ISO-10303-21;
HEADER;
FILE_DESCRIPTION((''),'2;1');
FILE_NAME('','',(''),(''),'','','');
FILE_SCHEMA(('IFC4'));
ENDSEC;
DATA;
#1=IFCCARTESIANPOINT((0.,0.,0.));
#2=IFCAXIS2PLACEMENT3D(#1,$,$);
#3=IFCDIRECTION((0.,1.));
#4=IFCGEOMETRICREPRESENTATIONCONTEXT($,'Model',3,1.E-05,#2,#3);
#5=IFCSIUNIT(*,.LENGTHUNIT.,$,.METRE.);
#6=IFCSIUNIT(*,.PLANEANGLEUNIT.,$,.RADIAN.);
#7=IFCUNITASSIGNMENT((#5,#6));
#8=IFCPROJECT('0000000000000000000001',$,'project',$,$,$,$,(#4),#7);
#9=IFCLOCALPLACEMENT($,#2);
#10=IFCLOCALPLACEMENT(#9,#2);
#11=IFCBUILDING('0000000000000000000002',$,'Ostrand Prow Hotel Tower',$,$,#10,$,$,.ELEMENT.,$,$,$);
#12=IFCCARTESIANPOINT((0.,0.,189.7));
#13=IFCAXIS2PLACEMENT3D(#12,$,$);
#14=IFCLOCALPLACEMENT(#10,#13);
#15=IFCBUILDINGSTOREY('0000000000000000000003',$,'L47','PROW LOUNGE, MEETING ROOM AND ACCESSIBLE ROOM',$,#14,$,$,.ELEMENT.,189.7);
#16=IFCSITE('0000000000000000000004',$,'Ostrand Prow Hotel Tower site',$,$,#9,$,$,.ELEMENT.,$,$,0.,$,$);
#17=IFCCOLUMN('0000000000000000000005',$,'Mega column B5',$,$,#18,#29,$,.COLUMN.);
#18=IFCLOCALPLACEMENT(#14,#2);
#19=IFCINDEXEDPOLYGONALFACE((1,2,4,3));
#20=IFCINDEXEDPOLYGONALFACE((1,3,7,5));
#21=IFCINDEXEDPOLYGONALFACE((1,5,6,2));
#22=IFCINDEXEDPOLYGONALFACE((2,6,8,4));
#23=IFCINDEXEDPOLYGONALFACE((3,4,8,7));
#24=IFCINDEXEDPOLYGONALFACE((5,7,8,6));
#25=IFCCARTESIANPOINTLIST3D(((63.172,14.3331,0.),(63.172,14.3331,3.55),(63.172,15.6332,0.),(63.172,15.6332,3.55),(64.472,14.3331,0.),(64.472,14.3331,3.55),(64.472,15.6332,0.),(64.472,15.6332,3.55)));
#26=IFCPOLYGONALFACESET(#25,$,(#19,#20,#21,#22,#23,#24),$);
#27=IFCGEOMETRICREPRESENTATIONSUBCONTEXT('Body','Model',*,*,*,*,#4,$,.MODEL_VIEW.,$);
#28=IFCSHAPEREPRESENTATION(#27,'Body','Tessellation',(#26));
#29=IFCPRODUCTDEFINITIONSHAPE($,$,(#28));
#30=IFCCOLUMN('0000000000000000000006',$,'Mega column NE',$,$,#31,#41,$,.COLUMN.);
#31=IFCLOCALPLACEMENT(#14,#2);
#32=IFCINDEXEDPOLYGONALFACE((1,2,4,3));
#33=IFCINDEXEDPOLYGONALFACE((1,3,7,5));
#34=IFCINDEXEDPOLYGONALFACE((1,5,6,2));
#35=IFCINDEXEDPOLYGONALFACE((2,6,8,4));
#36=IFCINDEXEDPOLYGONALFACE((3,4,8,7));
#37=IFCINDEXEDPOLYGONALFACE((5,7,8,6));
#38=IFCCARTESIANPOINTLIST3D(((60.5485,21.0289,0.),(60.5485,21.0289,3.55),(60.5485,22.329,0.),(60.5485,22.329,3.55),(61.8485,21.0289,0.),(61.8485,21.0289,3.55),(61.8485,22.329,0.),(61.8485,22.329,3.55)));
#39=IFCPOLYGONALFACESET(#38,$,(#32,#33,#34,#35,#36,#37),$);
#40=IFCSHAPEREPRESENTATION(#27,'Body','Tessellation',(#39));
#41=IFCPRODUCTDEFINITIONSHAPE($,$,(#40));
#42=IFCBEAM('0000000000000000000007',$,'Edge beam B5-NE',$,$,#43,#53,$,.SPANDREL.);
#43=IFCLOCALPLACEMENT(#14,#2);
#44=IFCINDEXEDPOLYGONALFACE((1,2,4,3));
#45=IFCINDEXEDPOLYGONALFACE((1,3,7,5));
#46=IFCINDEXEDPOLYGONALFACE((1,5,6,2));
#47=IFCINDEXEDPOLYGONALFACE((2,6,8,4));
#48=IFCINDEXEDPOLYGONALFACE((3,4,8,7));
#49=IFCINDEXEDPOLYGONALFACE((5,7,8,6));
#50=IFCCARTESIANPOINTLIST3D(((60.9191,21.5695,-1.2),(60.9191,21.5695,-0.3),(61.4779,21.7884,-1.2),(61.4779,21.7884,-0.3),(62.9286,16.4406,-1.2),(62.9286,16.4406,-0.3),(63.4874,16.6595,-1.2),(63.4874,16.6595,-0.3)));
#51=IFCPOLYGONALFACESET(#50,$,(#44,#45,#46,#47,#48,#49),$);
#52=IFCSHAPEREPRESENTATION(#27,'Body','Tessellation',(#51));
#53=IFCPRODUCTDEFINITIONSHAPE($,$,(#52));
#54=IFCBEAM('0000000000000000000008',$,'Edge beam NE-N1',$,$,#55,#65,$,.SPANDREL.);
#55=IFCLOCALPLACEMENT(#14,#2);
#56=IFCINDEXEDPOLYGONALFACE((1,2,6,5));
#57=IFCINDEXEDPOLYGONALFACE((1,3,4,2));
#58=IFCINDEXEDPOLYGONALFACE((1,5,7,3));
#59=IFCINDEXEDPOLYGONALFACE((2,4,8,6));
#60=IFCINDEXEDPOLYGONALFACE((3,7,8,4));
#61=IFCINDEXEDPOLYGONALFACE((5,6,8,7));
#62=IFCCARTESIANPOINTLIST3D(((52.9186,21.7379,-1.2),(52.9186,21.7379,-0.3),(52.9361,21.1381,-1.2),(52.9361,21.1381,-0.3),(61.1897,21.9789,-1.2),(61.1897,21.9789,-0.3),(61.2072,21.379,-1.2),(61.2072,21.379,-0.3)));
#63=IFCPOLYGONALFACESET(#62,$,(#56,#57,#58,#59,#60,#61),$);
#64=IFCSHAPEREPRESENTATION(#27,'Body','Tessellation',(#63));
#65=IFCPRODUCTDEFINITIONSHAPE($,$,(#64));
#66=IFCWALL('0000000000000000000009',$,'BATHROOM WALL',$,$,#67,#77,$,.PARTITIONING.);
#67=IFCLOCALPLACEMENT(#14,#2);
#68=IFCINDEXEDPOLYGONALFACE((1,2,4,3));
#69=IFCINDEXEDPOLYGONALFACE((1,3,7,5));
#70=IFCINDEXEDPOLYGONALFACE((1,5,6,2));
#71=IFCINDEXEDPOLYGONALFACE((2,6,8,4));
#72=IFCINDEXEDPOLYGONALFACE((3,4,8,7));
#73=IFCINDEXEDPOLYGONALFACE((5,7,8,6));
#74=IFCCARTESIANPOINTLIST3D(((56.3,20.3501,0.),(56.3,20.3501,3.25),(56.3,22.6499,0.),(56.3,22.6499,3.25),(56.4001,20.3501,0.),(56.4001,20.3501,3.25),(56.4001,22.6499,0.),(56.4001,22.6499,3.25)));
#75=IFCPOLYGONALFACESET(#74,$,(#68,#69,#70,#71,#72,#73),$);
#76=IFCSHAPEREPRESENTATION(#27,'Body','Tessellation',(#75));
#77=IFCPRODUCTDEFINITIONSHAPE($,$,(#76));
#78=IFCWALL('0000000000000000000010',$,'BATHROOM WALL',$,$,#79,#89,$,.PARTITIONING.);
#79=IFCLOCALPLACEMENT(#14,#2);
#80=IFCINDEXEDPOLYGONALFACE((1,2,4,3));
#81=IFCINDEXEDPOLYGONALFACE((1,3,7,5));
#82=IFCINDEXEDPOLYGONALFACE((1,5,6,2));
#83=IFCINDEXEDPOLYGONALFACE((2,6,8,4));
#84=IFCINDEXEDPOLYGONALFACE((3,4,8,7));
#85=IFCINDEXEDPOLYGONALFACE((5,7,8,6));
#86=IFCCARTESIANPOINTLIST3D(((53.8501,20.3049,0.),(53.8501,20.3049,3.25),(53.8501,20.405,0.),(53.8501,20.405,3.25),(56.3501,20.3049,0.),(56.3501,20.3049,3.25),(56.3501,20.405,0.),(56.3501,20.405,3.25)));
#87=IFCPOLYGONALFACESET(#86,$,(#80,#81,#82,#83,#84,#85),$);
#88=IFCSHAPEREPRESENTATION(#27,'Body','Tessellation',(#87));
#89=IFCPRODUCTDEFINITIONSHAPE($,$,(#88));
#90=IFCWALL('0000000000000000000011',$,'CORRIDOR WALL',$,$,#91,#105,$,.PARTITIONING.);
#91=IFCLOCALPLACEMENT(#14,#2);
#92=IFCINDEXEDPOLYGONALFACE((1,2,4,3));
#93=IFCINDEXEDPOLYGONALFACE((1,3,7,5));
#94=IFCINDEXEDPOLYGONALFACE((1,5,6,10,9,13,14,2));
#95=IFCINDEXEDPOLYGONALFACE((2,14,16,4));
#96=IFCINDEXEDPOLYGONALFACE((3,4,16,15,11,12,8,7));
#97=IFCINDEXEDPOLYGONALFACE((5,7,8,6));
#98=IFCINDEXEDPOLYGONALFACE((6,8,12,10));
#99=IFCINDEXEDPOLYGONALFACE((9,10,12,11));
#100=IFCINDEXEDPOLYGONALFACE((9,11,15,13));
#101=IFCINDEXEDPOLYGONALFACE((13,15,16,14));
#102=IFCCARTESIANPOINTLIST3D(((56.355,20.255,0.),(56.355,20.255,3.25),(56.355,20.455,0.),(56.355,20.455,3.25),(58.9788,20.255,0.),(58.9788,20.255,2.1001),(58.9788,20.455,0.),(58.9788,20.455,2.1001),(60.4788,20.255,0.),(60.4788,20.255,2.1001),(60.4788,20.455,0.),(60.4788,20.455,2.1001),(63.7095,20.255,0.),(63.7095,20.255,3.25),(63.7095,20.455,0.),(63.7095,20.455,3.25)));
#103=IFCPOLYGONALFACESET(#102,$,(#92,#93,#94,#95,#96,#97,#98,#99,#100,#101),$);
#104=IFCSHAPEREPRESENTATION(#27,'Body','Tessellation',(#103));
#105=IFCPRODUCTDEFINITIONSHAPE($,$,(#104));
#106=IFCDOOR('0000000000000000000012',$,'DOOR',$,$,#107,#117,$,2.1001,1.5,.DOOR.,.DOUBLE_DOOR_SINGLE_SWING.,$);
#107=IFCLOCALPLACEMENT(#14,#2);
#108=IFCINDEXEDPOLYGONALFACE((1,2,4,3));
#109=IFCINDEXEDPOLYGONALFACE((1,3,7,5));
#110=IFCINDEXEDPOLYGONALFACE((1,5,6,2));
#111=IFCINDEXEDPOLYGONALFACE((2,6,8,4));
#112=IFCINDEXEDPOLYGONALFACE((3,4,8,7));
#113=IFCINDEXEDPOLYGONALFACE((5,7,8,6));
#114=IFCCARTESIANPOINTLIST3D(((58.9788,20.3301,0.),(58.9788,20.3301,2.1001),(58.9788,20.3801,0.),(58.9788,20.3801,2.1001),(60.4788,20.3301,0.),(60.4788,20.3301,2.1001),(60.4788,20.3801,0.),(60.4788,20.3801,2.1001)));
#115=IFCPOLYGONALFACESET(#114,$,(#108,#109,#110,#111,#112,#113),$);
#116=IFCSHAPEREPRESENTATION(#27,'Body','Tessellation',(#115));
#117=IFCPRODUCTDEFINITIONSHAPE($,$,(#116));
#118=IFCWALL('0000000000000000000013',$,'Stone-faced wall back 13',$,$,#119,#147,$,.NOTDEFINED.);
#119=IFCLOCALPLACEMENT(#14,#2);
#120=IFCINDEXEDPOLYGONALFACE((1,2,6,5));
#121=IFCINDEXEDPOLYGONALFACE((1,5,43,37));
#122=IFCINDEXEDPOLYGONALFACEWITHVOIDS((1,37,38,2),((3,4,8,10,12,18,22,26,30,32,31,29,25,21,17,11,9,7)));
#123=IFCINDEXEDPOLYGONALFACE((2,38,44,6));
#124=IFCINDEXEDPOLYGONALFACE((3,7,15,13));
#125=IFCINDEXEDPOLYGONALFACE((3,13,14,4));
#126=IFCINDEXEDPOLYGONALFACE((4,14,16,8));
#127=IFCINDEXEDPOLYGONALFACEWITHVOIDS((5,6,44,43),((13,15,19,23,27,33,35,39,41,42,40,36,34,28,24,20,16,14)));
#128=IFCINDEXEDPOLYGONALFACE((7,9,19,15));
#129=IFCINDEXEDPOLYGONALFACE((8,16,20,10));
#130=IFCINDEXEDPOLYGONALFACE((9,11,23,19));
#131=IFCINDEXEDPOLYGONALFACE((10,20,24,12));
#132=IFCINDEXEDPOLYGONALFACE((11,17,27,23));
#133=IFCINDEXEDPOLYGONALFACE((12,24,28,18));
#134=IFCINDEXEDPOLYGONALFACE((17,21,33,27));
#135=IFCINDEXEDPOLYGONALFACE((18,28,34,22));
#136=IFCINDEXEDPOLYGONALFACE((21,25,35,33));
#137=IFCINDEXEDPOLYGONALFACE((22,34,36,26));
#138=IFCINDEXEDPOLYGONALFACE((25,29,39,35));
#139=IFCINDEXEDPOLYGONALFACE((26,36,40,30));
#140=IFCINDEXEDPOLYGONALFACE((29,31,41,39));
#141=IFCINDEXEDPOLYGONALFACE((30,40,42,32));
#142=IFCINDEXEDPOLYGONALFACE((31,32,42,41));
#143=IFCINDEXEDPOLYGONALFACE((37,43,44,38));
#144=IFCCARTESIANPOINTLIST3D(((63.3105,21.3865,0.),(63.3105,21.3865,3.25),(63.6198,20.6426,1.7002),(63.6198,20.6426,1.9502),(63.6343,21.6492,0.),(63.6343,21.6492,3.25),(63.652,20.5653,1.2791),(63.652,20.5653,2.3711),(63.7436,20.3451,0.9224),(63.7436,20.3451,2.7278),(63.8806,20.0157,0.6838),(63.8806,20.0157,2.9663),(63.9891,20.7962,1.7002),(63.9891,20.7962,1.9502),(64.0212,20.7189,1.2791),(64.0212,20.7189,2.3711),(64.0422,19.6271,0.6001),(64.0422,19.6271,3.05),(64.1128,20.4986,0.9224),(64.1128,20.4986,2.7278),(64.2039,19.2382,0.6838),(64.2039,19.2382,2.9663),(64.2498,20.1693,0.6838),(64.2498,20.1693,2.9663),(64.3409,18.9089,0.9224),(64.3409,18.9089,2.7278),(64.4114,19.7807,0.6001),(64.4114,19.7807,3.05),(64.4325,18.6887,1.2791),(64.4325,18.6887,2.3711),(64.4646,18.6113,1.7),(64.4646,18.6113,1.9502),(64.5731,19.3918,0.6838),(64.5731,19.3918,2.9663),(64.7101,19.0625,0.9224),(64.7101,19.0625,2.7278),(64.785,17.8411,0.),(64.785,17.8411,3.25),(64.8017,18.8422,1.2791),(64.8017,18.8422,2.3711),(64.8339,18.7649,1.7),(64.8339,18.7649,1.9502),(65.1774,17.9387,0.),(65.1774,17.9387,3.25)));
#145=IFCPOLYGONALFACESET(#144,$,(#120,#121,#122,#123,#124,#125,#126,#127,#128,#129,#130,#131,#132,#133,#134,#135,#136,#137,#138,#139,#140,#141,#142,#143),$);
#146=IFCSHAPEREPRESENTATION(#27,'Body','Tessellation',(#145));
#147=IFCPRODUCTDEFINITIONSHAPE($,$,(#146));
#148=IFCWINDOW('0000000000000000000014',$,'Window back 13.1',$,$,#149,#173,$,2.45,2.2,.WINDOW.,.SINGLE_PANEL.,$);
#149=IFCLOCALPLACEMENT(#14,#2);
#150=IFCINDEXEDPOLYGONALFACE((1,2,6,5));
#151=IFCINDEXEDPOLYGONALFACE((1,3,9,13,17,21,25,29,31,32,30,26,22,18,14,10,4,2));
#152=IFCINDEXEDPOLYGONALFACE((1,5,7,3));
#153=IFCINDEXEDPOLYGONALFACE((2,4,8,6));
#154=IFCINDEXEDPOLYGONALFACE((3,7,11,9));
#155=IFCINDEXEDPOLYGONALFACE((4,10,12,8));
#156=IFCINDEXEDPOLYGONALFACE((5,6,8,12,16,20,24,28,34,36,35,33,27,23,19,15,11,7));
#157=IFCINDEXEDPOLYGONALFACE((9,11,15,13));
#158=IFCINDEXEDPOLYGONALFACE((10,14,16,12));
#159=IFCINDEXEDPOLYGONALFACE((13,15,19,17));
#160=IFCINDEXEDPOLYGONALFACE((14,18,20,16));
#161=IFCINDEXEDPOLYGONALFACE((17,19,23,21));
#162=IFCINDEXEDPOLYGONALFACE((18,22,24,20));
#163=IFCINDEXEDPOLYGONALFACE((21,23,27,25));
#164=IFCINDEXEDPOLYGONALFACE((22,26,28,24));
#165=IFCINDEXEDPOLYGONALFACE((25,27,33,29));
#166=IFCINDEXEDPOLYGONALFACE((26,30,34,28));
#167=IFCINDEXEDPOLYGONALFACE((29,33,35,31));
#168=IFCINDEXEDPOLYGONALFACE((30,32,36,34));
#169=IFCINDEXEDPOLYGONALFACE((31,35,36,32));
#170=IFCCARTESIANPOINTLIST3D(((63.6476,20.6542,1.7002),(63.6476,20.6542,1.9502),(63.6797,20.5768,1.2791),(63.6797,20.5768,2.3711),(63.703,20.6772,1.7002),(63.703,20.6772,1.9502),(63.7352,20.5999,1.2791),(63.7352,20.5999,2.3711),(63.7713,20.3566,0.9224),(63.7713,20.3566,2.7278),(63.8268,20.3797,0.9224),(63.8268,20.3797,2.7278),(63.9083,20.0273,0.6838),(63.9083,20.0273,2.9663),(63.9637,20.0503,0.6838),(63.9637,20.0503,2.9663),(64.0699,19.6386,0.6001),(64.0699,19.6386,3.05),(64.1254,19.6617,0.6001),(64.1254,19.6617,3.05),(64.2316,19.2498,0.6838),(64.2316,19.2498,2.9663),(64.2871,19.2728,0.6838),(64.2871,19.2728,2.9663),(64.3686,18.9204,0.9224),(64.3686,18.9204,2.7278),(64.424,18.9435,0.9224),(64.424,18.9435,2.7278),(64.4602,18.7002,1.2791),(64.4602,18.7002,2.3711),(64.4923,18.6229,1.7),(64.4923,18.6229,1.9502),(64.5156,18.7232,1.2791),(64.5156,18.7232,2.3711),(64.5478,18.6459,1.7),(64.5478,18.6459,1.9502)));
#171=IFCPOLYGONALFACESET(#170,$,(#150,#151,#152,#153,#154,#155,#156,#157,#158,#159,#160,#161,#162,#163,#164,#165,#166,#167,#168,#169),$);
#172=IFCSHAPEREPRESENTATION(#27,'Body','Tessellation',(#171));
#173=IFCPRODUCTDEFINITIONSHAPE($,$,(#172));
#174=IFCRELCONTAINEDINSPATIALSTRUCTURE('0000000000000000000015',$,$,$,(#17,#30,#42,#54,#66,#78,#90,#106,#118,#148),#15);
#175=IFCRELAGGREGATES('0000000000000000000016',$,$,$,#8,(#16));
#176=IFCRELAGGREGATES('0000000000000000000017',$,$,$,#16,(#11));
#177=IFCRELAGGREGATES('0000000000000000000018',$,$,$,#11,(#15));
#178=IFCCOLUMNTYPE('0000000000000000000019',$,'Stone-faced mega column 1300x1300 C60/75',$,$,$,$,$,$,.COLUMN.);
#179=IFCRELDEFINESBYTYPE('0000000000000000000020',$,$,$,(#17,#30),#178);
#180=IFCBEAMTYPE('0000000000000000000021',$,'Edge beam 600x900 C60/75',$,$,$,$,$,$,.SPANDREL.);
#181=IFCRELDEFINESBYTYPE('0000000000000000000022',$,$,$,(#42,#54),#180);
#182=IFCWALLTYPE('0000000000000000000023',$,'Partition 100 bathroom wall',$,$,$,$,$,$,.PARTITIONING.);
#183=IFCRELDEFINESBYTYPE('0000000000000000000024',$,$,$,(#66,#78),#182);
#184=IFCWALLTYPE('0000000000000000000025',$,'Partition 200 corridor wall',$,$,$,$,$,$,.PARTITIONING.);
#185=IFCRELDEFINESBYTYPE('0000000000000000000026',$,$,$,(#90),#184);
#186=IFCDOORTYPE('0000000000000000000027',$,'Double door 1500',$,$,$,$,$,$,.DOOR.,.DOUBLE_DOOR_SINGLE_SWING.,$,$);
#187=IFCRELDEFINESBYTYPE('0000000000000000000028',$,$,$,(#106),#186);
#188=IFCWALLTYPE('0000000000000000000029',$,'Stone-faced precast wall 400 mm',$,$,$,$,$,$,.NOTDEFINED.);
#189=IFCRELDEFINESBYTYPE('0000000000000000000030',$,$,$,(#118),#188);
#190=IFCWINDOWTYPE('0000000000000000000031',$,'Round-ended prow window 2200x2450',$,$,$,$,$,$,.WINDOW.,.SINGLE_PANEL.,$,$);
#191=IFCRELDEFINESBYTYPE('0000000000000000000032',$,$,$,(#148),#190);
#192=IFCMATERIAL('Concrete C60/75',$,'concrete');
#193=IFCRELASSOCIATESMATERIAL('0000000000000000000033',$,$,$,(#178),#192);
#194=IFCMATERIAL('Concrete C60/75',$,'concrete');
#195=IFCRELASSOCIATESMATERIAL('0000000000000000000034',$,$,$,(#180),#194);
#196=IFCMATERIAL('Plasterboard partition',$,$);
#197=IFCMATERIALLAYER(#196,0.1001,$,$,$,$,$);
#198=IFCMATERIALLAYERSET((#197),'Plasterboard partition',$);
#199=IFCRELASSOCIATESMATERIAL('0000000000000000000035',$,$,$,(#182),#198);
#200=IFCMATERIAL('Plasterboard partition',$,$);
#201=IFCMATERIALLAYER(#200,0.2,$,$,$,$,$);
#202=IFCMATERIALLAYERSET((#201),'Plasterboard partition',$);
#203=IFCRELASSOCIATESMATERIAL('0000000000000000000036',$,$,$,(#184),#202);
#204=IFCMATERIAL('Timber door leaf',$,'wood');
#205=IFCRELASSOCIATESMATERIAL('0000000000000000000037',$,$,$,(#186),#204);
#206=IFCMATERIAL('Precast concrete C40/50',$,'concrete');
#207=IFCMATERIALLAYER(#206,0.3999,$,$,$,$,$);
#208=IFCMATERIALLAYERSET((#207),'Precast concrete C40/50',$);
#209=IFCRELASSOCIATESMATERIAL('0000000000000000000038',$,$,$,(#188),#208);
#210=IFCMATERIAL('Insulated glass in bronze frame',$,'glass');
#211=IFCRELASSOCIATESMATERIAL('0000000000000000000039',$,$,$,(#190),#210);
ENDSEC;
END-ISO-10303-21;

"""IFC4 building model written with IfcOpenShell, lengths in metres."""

from ifc_helpers import new_model, si_unit, direction, frame, frame_2d, origin, origin_2d, place, context, subcontext, project, spatial, polyline, rectangle, outline, extrude, material, layer, layer_set, material_profile, profile_set, type_object, element, fill, save


model = new_model("IFC4")

# Units and contexts
model_context = context("Model", 3, precision=1e-05, world=origin(), true_north=direction((0.0, 1.0)))
body_context = subcontext(model_context, "Body", "Model", "MODEL_VIEW")
ifc_project = project(units=[si_unit("LENGTHUNIT", "METRE"), si_unit("PLANEANGLEUNIT", "RADIAN")], contexts=[model_context])

# Site, building, storey
site_placement = place(None, origin())
site = spatial("IfcSite", under=ifc_project, at=site_placement, Name="Ostrand Prow Hotel Tower site", CompositionType="ELEMENT", RefElevation=0.0)
building_placement = place(site_placement, origin())
building = spatial("IfcBuilding", under=site, at=building_placement, Name="Ostrand Prow Hotel Tower", CompositionType="ELEMENT")
storey_placement = place(building_placement, frame((0.0, 0.0, 189.7)))
storey = spatial("IfcBuildingStorey", under=building, at=storey_placement, Name="L47", Description="PROW LOUNGE, MEETING ROOM AND ACCESSIBLE ROOM", CompositionType="ELEMENT", Elevation=189.7)

# Columns
ifc_material_1 = material(Name="Concrete C60/75", Category="concrete")
ifc_material_profile_1 = material_profile(ifc_material_1, rectangle(XDim=1.3, YDim=1.3, at=origin_2d()), Name="RC 1300x1300")
ifc_profile_set_1 = profile_set([ifc_material_profile_1], Name="Concrete C60/75")
column_type = type_object("IfcColumnType", Name="Stone-faced mega column 1300x1300 C60/75", PredefinedType="COLUMN", material=ifc_profile_set_1)
for number, where, z_axis, x_axis, name in (
    (1, (63.822, 14.9832, 0.0), (0.0, 0.0, 1.0), (1.0, 0.0, 0.0), "Mega column B5"),
    (2, (61.1985, 21.679, 0.0), (0.0, 0.0, 1.0), (1.0, 0.0, 0.0), "Mega column NE"),
):
    element("IfcColumn", number, at=place(storey_placement, frame(where, z_axis=z_axis, x_axis=x_axis)), inside=storey, type_object=column_type, Name=name, PredefinedType="COLUMN", context=body_context, shape_type="SweptSolid", body=[
        extrude(rectangle(XDim=1.3, YDim=1.3, at=origin_2d()), origin(), (0.0, 0.0, 1.0), 3.55),
    ])

# Beams
ifc_material_2 = material(Name="Concrete C60/75", Category="concrete")
ifc_material_profile_2 = material_profile(ifc_material_2, rectangle(XDim=0.6001, YDim=0.8999, at=origin_2d()), Name="RC 600x900")
ifc_profile_set_2 = profile_set([ifc_material_profile_2], Name="Concrete C60/75")
beam_type = type_object("IfcBeamType", Name="Edge beam 600x900 C60/75", PredefinedType="SPANDREL", material=ifc_profile_set_2)
beam_1_placement = place(storey_placement, frame((63.208, 16.55, -0.75), z_axis=(-0.364802, 0.931085, 0.0), x_axis=(-0.931085, -0.364802, 0.0)))
element("IfcBeam", 3, at=beam_1_placement, inside=storey, type_object=beam_type, Name="Edge beam B5-NE", PredefinedType="SPANDREL", context=body_context, shape_type="SweptSolid", body=[
    extrude(rectangle(XDim=0.6001, YDim=0.8999, at=origin_2d()), origin(), (0.0, 0.0, 1.0), 5.5085),
])
beam_2_placement = place(storey_placement, frame((61.1985, 21.679, -0.75), z_axis=(-0.999576, -0.029121, 0.0), x_axis=(0.029121, -0.999576, 0.0)))
element("IfcBeam", 4, at=beam_2_placement, inside=storey, type_object=beam_type, Name="Edge beam NE-N1", PredefinedType="SPANDREL", context=body_context, shape_type="SweptSolid", body=[
    extrude(rectangle(XDim=0.6001, YDim=0.8999, at=origin_2d()), origin(), (0.0, 0.0, 1.0), 8.2747),
])

# Walls
ifc_material_3 = material(Name="Plasterboard partition")
ifc_layer_1 = layer(ifc_material_3, 0.1001)
ifc_layer_set_1 = layer_set([ifc_layer_1], Name="Plasterboard partition")
wall_type_1 = type_object("IfcWallType", Name="Partition 100 bathroom wall", PredefinedType="PARTITIONING", material=ifc_layer_set_1)
wall_1_placement = place(storey_placement, frame((56.3501, 22.6499, 0.0), z_axis=(0.0, 0.0, 1.0), x_axis=(0.0, -1.0, 0.0)))
element("IfcWall", 5, at=wall_1_placement, inside=storey, type_object=wall_type_1, Name="BATHROOM WALL", PredefinedType="PARTITIONING", context=body_context, shape_type="SweptSolid", body=[
    extrude(rectangle(XDim=2.2998, YDim=0.1001, at=frame_2d((1.1499, 0.0))), origin(), (0.0, 0.0, 1.0), 3.25),
])
wall_2_placement = place(storey_placement, frame((56.3501, 20.355, 0.0), z_axis=(0.0, 0.0, 1.0), x_axis=(-1.0, 0.0, 0.0)))
element("IfcWall", 6, at=wall_2_placement, inside=storey, type_object=wall_type_1, Name="BATHROOM WALL", PredefinedType="PARTITIONING", context=body_context, shape_type="SweptSolid", body=[
    extrude(rectangle(XDim=2.5, YDim=0.1001, at=frame_2d((1.25, 0.0))), origin(), (0.0, 0.0, 1.0), 3.25),
])

# Wall, opening, door
ifc_material_4 = material(Name="Plasterboard partition")
ifc_layer_2 = layer(ifc_material_4, 0.2)
ifc_layer_set_2 = layer_set([ifc_layer_2], Name="Plasterboard partition")
wall_type_2 = type_object("IfcWallType", Name="Partition 200 corridor wall", PredefinedType="PARTITIONING", material=ifc_layer_set_2)
wall_3_placement = place(storey_placement, frame((63.7095, 20.355, 0.0), z_axis=(0.0, 0.0, 1.0), x_axis=(-1.0, 0.0, 0.0)))
wall_3 = element("IfcWall", 7, at=wall_3_placement, inside=storey, type_object=wall_type_2, Name="CORRIDOR WALL", PredefinedType="PARTITIONING", context=body_context, shape_type="SweptSolid", body=[
    extrude(rectangle(XDim=7.3545, YDim=0.2, at=frame_2d((3.6772, 0.0))), origin(), (0.0, 0.0, 1.0), 3.25),
])
opening_1_placement = place(wall_3_placement, frame((3.2307, 0.0, 0.0)))
opening_1 = element("IfcOpeningElement", 8, at=opening_1_placement, cuts=wall_3, PredefinedType="OPENING", context=body_context, shape_type="SweptSolid", body=[
    extrude(rectangle(XDim=1.5, YDim=2.1001, at=frame_2d((0.75, 1.05))), frame((0.0, 0.1099, 0.0), z_axis=(0.0, -1.0, 0.0), x_axis=(1.0, 0.0, 0.0)), (0.0, 0.0, 1.0), 0.22),
])
ifc_material_5 = material(Name="Timber door leaf", Category="wood")
door_type = type_object("IfcDoorType", Name="Double door 1500", OperationType="DOUBLE_DOOR_SINGLE_SWING", PredefinedType="DOOR", material=ifc_material_5)
door_placement = place(opening_1_placement, origin())
door = element("IfcDoor", 9, at=door_placement, inside=storey, type_object=door_type, Name="DOOR", OperationType="DOUBLE_DOOR_SINGLE_SWING", OverallHeight=2.1001, OverallWidth=1.5, PredefinedType="DOOR", context=body_context, shape_type="SweptSolid", body=[
    extrude(rectangle(XDim=1.5, YDim=2.1001, at=frame_2d((0.75, 1.05))), frame((0.0, 0.0249, 0.0), z_axis=(0.0, -1.0, 0.0), x_axis=(1.0, 0.0, 0.0)), (0.0, 0.0, 1.0), 0.05),
])
fill(opening_1, door)

# Wall, opening, window
ifc_material_6 = material(Name="Precast concrete C40/50", Category="concrete")
ifc_layer_3 = layer(ifc_material_6, 0.3999)
ifc_layer_set_3 = layer_set([ifc_layer_3], Name="Precast concrete C40/50")
wall_type_3 = type_object("IfcWallType", Name="Stone-faced precast wall 400 mm", PredefinedType="NOTDEFINED", material=ifc_layer_set_3)
wall_4_placement = place(storey_placement, frame((64.9812, 17.8899, 0.0), z_axis=(0.0, 0.0, 1.0), x_axis=(-0.383998, 0.923334, 0.0)))
wall_4 = element("IfcWall", 10, at=wall_4_placement, inside=storey, type_object=wall_type_3, Name="Stone-faced wall back 13", PredefinedType="NOTDEFINED", context=body_context, shape_type="SweptSolid", body=[
    extrude(outline(polyline([(-0.0303, -0.2), (3.9883, -0.2), (3.8701, 0.2), (0.0303, 0.2), (-0.0303, -0.2)])), origin(), (0.0, 0.0, 1.0), 3.25),
])
opening_2_placement = place(wall_4_placement, frame((0.8645, 0.0, 0.6001)))
opening_2 = element("IfcOpeningElement", 11, at=opening_2_placement, cuts=wall_4, PredefinedType="OPENING", context=body_context, shape_type="SweptSolid", body=[
    extrude(outline(polyline([(0.0, 1.3501), (0.0837, 1.771), (0.3223, 2.1277), (0.679, 2.3662), (1.1001, 2.45), (1.521, 2.3662), (1.8777, 2.1277), (2.1162, 1.771), (2.2, 1.3501), (2.2, 1.1001), (2.1162, 0.679), (1.8777, 0.3223), (1.521, 0.0837), (1.1001, 0.0), (0.679, 0.0837), (0.3223, 0.3223), (0.0837, 0.679), (0.0, 1.0999), (0.0, 1.3501)])), frame((0.0, 0.21, 0.0), z_axis=(0.0, -1.0, 0.0), x_axis=(1.0, 0.0, 0.0)), (0.0, 0.0, 1.0), 0.4199),
])
ifc_material_7 = material(Name="Insulated glass in bronze frame", Category="glass")
window_type_1 = type_object("IfcWindowType", Name="Round-ended prow window 2200x2450", PartitioningType="SINGLE_PANEL", PredefinedType="WINDOW", material=ifc_material_7)
window_1_placement = place(opening_2_placement, origin())
window_1 = element("IfcWindow", 12, at=window_1_placement, inside=storey, type_object=window_type_1, Name="Window back 13.1", OverallHeight=2.45, OverallWidth=2.2, PartitioningType="SINGLE_PANEL", PredefinedType="WINDOW", context=body_context, shape_type="SweptSolid", body=[
    extrude(outline(polyline([(0.0, 1.3501), (0.0837, 1.771), (0.3223, 2.1277), (0.679, 2.3662), (1.1001, 2.45), (1.521, 2.3662), (1.8777, 2.1277), (2.1162, 1.771), (2.2, 1.3501), (2.2, 1.1001), (2.1162, 0.679), (1.8777, 0.3223), (1.521, 0.0837), (1.1001, 0.0), (0.679, 0.0837), (0.3223, 0.3223), (0.0837, 0.679), (0.0, 1.0999), (0.0, 1.3501)])), frame((0.0, 0.1699, 0.0), z_axis=(0.0, -1.0, 0.0), x_axis=(1.0, 0.0, 0.0)), (0.0, 0.0, 1.0), 0.0601),
])
fill(opening_2, window_1)

save(model, "model.ifc")
